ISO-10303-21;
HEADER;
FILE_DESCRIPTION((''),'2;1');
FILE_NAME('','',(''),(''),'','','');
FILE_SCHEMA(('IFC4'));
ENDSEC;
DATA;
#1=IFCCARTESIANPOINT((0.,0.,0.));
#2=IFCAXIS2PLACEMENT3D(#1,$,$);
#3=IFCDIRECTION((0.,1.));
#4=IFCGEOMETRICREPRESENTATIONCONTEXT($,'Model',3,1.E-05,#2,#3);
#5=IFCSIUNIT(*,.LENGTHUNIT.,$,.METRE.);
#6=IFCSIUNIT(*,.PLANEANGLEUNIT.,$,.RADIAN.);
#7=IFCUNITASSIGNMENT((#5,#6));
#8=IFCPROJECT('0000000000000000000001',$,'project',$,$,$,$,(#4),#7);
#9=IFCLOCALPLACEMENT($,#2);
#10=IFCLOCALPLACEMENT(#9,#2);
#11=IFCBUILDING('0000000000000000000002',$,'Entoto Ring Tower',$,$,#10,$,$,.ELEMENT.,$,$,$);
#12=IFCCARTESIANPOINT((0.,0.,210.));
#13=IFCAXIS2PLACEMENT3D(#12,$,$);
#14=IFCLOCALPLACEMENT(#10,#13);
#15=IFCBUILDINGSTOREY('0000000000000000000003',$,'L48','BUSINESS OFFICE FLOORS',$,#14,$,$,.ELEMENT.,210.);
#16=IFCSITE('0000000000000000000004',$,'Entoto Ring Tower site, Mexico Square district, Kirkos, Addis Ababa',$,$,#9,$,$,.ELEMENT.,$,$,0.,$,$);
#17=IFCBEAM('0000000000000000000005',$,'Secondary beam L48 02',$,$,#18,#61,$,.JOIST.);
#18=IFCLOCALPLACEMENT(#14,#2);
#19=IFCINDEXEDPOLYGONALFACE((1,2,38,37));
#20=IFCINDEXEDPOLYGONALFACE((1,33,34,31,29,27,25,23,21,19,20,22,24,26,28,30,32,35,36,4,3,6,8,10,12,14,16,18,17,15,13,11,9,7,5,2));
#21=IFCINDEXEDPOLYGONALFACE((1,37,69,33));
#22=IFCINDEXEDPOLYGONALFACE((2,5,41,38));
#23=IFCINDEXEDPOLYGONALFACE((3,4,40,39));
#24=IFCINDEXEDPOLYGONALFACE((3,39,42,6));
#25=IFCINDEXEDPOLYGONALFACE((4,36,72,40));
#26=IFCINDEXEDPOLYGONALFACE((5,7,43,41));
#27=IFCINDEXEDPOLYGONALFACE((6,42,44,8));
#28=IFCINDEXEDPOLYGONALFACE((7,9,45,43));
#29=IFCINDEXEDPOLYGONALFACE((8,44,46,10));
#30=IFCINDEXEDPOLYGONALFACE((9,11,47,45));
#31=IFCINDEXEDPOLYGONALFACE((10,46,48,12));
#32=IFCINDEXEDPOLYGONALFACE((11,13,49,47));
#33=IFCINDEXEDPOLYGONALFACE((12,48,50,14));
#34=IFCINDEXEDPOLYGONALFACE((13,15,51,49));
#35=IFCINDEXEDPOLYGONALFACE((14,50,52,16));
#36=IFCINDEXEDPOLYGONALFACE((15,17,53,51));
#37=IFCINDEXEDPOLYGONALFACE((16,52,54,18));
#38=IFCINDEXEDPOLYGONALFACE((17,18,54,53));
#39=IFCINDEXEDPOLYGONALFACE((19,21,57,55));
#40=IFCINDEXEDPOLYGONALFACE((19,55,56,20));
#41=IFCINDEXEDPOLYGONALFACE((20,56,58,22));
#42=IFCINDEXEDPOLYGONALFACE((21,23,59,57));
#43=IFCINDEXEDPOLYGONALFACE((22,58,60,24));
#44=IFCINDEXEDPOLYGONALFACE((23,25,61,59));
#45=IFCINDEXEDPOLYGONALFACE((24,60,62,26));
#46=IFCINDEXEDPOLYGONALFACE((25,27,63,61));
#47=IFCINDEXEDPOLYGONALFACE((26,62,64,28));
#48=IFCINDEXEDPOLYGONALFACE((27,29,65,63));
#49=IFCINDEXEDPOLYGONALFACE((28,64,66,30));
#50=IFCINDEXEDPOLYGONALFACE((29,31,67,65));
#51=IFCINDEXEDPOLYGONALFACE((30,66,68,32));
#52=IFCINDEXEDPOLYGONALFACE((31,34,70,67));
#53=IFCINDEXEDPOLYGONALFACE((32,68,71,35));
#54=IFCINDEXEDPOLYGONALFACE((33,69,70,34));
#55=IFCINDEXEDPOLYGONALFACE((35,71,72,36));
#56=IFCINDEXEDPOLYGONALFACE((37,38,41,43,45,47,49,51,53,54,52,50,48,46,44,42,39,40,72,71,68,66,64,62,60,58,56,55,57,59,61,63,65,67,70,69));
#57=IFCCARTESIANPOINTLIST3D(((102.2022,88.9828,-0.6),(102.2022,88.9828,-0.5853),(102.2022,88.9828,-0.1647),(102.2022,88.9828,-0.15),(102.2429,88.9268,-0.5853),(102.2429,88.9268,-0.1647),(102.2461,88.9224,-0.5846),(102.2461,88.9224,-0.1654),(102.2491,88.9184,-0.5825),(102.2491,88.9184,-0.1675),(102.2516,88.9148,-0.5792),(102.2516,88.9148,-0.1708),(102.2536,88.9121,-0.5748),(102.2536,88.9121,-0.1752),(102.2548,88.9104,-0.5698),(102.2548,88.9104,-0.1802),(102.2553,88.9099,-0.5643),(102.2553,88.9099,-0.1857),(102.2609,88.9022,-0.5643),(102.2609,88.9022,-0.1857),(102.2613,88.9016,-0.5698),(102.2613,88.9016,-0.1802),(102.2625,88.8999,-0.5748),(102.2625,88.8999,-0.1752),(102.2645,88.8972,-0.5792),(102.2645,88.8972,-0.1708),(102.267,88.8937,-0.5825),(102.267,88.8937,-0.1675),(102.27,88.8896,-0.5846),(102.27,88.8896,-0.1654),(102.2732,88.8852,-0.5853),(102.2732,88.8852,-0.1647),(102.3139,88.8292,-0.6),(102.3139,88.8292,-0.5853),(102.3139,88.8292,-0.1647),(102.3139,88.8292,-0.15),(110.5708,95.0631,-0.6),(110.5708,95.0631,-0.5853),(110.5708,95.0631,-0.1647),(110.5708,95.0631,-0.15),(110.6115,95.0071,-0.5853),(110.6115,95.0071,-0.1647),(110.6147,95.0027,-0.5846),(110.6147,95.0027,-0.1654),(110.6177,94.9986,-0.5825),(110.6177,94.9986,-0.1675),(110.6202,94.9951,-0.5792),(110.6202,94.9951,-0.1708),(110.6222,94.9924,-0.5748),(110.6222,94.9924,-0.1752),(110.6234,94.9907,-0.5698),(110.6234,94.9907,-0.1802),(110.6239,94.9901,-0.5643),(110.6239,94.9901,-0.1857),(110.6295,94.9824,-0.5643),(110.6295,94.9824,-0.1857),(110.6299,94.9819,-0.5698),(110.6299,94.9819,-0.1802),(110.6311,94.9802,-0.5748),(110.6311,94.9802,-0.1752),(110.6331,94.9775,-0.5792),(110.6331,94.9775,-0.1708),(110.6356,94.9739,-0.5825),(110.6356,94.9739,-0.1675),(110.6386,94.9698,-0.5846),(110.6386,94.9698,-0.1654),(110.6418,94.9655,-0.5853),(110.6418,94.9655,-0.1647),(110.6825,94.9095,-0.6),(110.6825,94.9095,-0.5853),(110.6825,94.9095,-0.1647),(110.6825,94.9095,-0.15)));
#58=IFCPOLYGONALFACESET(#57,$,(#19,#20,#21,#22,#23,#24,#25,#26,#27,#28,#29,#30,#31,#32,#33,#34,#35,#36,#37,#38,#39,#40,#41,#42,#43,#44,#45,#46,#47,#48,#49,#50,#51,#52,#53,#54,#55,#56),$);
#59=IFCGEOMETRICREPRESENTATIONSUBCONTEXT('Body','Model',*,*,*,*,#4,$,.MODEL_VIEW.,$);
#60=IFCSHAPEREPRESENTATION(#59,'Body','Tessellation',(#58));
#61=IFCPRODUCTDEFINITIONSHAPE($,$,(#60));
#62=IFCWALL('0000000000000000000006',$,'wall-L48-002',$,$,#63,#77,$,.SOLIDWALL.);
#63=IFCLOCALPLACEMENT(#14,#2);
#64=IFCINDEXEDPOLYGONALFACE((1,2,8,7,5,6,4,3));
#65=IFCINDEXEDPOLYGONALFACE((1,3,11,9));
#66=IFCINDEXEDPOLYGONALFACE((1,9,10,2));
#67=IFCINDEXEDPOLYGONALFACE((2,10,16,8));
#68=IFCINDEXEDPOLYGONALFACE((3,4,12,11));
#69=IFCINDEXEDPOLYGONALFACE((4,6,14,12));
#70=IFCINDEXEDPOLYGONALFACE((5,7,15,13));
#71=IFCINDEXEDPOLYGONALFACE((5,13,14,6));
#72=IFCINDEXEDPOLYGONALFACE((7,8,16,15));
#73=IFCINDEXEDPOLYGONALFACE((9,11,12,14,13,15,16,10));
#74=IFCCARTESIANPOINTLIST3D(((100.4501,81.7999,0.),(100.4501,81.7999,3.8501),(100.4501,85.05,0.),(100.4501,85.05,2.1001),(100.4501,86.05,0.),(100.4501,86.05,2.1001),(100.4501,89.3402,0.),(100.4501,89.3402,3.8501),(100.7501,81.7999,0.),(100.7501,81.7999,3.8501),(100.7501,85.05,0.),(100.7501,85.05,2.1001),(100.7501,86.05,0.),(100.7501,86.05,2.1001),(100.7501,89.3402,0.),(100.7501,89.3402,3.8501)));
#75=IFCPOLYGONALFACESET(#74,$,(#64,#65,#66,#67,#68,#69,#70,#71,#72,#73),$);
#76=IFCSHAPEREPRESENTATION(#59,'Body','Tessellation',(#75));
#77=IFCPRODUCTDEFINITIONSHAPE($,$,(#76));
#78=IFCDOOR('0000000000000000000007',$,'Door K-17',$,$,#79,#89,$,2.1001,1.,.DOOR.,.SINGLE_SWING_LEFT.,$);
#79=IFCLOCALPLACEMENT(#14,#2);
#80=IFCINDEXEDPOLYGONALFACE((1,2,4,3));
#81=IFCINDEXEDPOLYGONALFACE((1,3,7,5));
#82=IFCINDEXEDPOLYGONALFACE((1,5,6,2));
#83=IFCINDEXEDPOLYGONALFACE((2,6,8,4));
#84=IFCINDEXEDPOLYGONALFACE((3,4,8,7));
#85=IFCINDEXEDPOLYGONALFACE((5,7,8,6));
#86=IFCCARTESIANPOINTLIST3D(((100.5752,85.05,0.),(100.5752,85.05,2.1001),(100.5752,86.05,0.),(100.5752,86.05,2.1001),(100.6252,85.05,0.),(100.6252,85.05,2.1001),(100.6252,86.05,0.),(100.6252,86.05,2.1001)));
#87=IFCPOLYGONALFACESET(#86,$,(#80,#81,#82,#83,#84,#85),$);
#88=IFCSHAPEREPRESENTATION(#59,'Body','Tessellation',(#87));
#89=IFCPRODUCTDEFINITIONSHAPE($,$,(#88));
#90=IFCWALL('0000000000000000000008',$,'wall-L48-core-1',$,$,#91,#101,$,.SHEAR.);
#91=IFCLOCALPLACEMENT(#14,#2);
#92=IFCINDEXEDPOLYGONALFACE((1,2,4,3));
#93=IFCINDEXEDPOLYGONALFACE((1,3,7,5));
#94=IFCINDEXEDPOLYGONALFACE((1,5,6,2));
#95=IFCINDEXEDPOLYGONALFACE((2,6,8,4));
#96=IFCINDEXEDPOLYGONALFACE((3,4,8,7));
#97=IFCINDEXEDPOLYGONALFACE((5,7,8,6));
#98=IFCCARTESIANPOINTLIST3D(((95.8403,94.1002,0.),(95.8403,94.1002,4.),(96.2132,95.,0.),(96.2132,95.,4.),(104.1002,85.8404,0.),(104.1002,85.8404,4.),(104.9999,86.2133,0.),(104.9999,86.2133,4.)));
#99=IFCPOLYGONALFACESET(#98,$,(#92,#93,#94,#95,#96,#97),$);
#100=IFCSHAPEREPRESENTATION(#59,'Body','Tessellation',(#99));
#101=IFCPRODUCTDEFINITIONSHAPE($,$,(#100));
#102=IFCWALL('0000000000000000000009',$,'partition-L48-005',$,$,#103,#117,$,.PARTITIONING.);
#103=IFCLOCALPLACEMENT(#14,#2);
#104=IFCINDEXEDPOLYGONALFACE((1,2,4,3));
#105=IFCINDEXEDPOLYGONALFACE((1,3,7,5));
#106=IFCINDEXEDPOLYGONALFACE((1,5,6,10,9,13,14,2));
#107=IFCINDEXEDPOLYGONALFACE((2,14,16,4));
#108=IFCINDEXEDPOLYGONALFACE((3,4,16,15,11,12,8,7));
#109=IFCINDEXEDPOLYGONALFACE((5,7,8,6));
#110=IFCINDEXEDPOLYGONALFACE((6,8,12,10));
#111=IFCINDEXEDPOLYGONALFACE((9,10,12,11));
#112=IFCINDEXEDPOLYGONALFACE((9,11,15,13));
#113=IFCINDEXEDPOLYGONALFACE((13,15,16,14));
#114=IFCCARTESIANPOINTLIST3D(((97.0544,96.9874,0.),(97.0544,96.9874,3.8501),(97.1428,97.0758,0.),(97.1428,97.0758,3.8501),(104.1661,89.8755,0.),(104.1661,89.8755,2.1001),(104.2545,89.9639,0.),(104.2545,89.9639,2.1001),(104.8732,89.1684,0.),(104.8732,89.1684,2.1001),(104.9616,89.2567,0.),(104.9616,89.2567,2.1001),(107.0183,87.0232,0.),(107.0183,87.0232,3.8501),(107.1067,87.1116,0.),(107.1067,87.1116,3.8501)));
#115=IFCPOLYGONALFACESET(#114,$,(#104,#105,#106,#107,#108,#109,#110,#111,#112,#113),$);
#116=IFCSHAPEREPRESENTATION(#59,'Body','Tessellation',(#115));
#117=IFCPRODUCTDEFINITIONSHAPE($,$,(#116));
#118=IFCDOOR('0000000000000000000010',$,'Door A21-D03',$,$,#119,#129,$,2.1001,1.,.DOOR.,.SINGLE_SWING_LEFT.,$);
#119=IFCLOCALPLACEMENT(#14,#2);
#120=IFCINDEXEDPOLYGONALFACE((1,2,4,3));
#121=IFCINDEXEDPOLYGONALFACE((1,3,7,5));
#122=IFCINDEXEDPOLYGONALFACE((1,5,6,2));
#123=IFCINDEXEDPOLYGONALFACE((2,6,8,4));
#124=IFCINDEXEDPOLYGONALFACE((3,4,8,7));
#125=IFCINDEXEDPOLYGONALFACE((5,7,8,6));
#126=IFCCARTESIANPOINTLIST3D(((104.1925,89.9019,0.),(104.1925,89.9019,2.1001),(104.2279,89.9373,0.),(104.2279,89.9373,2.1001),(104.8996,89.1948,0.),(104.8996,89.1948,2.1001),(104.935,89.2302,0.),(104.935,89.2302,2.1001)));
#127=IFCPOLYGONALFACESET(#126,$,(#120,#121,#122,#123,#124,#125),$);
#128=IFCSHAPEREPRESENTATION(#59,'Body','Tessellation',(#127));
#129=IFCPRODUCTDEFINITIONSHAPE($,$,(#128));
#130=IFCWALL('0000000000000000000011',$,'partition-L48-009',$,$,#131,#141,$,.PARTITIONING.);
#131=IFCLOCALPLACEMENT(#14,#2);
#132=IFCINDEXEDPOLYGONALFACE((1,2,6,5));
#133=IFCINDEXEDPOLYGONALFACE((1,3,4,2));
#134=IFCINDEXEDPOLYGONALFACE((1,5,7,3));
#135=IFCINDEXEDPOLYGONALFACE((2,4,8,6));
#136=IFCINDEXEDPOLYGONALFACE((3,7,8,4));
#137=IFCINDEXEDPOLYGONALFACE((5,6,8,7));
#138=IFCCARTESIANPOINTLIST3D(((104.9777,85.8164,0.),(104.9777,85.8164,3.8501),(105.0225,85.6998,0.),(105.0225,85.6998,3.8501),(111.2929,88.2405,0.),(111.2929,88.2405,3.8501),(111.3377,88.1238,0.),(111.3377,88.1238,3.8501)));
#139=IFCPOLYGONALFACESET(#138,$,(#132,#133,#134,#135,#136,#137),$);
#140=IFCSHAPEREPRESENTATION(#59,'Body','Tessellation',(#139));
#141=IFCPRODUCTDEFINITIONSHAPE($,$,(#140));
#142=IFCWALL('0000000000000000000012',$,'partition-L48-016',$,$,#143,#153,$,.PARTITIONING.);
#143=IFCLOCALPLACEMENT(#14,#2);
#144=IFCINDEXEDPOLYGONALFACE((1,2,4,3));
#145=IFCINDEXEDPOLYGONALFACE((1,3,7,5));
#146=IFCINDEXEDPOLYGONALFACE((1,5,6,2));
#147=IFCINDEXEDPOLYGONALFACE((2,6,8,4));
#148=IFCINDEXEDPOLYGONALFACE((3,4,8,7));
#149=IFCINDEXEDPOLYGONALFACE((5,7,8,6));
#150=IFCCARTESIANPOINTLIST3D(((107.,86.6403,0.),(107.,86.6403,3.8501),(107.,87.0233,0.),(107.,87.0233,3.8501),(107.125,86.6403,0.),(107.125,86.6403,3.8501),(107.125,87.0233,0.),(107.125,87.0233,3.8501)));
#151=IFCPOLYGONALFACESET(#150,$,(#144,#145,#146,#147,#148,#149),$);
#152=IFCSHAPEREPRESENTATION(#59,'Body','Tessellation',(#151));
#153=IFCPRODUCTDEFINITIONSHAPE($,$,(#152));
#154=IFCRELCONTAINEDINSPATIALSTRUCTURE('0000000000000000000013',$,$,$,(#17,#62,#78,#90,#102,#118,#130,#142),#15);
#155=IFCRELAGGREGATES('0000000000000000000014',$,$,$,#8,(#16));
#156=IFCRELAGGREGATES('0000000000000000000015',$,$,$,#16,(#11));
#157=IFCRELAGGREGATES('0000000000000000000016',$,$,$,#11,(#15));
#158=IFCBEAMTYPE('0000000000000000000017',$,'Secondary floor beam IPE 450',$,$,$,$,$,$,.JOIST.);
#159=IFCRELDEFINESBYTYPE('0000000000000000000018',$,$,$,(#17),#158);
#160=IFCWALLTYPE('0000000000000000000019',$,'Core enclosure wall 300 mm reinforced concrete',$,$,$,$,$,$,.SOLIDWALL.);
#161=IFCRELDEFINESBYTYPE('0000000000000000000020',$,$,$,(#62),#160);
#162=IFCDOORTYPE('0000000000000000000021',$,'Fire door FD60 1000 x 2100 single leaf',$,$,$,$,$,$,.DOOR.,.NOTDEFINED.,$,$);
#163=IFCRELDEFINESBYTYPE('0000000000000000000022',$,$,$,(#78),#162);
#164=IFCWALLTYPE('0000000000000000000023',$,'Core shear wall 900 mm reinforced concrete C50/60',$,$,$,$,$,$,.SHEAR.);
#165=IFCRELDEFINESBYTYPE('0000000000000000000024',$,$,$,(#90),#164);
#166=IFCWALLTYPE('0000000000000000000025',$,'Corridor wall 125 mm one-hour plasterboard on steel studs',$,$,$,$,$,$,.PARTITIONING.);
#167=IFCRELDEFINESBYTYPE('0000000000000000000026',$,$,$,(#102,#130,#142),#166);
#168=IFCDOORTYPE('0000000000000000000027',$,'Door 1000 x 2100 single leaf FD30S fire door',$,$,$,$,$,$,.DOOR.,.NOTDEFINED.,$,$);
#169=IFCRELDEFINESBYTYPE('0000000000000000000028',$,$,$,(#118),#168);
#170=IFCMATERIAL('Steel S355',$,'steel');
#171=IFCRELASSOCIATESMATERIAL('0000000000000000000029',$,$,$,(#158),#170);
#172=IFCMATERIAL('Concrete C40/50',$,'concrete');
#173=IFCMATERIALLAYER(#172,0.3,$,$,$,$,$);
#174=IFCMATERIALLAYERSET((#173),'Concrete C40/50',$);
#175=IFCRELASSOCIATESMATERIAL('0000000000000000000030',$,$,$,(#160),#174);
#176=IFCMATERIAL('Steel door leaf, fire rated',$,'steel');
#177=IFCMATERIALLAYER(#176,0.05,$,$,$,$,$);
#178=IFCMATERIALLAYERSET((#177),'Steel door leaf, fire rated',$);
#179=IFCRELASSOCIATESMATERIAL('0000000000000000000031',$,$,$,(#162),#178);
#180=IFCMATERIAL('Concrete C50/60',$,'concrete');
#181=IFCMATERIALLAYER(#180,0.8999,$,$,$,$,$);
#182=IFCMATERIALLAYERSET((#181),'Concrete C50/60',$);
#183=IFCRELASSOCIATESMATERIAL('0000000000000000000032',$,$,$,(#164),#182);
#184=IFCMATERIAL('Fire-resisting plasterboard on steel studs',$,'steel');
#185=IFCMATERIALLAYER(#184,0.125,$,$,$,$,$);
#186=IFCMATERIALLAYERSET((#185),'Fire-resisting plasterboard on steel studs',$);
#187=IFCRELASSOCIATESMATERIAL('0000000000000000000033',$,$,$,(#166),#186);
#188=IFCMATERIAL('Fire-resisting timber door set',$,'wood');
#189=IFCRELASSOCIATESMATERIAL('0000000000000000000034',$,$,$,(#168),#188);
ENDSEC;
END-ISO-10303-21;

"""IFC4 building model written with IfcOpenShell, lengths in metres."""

from ifc_helpers import new_model, si_unit, direction, frame, frame_2d, origin, origin_2d, place, context, subcontext, project, spatial, polyline, rectangle, i_section, outline, extrude, material, layer, layer_set, material_profile, profile_set, type_object, element, fill, save


model = new_model("IFC4")

# Units and contexts
model_context = context("Model", 3, precision=1e-05, world=origin(), true_north=direction((0.0, 1.0)))
body_context = subcontext(model_context, "Body", "Model", "MODEL_VIEW")
ifc_project = project(units=[si_unit("LENGTHUNIT", "METRE"), si_unit("PLANEANGLEUNIT", "RADIAN")], contexts=[model_context])

# Site, building, storey
site_placement = place(None, origin())
site = spatial("IfcSite", under=ifc_project, at=site_placement, Name="Entoto Ring Tower site, Mexico Square district, Kirkos, Addis Ababa", CompositionType="ELEMENT", RefElevation=0.0)
building_placement = place(site_placement, origin())
building = spatial("IfcBuilding", under=site, at=building_placement, Name="Entoto Ring Tower", CompositionType="ELEMENT")
storey_placement = place(building_placement, frame((0.0, 0.0, 210.0)))
storey = spatial("IfcBuildingStorey", under=building, at=storey_placement, Name="L48", Description="BUSINESS OFFICE FLOORS", CompositionType="ELEMENT", Elevation=210.0)

# Beam
ifc_material_1 = material(Name="Steel S355", Category="steel")
ifc_material_profile_1 = material_profile(ifc_material_1, i_section(OverallWidth=0.1899, OverallDepth=0.45, WebThickness=0.0095, FlangeThickness=0.0146, FilletRadius=0.021, at=origin_2d()), Name="IPE 450")
ifc_profile_set_1 = profile_set([ifc_material_profile_1], Name="Steel S355")
beam_type_1 = type_object("IfcBeamType", Name="Secondary floor beam IPE 450", PredefinedType="JOIST", material=ifc_profile_set_1)
beam_1_placement = place(storey_placement, frame((102.2581, 88.906, -0.375), z_axis=(0.809011, 0.587794, 0.0), x_axis=(-0.587794, 0.809011, 0.0)))
element("IfcBeam", 1, at=beam_1_placement, inside=storey, type_object=beam_type_1, Name="Secondary beam L48 02", PredefinedType="JOIST", context=body_context, shape_type="SweptSolid", body=[
    extrude(i_section(OverallWidth=0.1899, OverallDepth=0.45, WebThickness=0.0095, FlangeThickness=0.0146, FilletRadius=0.021, at=origin_2d()), origin(), (0.0, 0.0, 1.0), 10.3442),
])

# Wall, opening, door
ifc_material_2 = material(Name="Concrete C40/50", Category="concrete")
ifc_layer_1 = layer(ifc_material_2, 0.3)
ifc_layer_set_1 = layer_set([ifc_layer_1], Name="Concrete C40/50")
wall_type_1 = type_object("IfcWallType", Name="Core enclosure wall 300 mm reinforced concrete", PredefinedType="SOLIDWALL", material=ifc_layer_set_1)
wall_1_placement = place(storey_placement, frame((100.6001, 81.8, 0.0), z_axis=(0.0, 0.0, 1.0), x_axis=(0.0, 1.0, 0.0)))
wall_1 = element("IfcWall", 2, at=wall_1_placement, inside=storey, type_object=wall_type_1, Name="wall-L48-002", PredefinedType="SOLIDWALL", context=body_context, shape_type="SweptSolid", body=[
    extrude(rectangle(XDim=7.5403, YDim=0.3, at=frame_2d((3.77, 0.0))), origin(), (0.0, 0.0, 1.0), 3.8501),
])
opening_1_placement = place(wall_1_placement, frame((3.25, 0.0, 0.0)))
opening_1 = element("IfcOpeningElement", 3, at=opening_1_placement, cuts=wall_1, PredefinedType="OPENING", context=body_context, shape_type="SweptSolid", body=[
    extrude(rectangle(XDim=1.0, YDim=2.1001, at=frame_2d((0.5, 1.05))), frame((0.0, 0.1602, 0.0), z_axis=(0.0, -1.0, 0.0), x_axis=(1.0, 0.0, 0.0)), (0.0, 0.0, 1.0), 0.3201),
])
ifc_material_3 = material(Name="Steel door leaf, fire rated", Category="steel")
ifc_layer_2 = layer(ifc_material_3, 0.05)
ifc_layer_set_2 = layer_set([ifc_layer_2], Name="Steel door leaf, fire rated")
door_type_1 = type_object("IfcDoorType", Name="Fire door FD60 1000 x 2100 single leaf", OperationType="NOTDEFINED", PredefinedType="DOOR", material=ifc_layer_set_2)
door_1_placement = place(opening_1_placement, origin())
door_1 = element("IfcDoor", 4, at=door_1_placement, inside=storey, type_object=door_type_1, Name="Door K-17", OperationType="SINGLE_SWING_LEFT", OverallHeight=2.1001, OverallWidth=1.0, PredefinedType="DOOR", context=body_context, shape_type="SweptSolid", body=[
    extrude(rectangle(XDim=1.0, YDim=2.1001, at=frame_2d((0.5, 1.05))), frame((0.0, 0.0249, 0.0), z_axis=(0.0, -1.0, 0.0), x_axis=(1.0, 0.0, 0.0)), (0.0, 0.0, 1.0), 0.05),
])
fill(opening_1, door_1)

# Wall
ifc_material_4 = material(Name="Concrete C50/60", Category="concrete")
ifc_layer_3 = layer(ifc_material_4, 0.8999)
ifc_layer_set_3 = layer_set([ifc_layer_3], Name="Concrete C50/60")
wall_type_2 = type_object("IfcWallType", Name="Core shear wall 900 mm reinforced concrete C50/60", PredefinedType="SHEAR", material=ifc_layer_set_3)
wall_2_placement = place(storey_placement, frame((104.55, 86.0269, 0.0), z_axis=(0.0, 0.0, 1.0), x_axis=(-0.707107, 0.707107, 0.0)))
element("IfcWall", 5, at=wall_2_placement, inside=storey, type_object=wall_type_2, Name="wall-L48-core-1", PredefinedType="SHEAR", context=body_context, shape_type="SweptSolid", body=[
    extrude(outline(polyline([(-0.1863, -0.45), (12.24, -0.45), (11.8674, 0.45), (0.1863, 0.45), (-0.1863, -0.45)])), origin(), (0.0, 0.0, 1.0), 4.0),
])

# Wall, opening, door
ifc_material_5 = material(Name="Fire-resisting plasterboard on steel studs", Category="steel")
ifc_layer_4 = layer(ifc_material_5, 0.125)
ifc_layer_set_4 = layer_set([ifc_layer_4], Name="Fire-resisting plasterboard on steel studs")
wall_type_3 = type_object("IfcWallType", Name="Corridor wall 125 mm one-hour plasterboard on steel studs", PredefinedType="PARTITIONING", material=ifc_layer_set_4)
wall_3_placement = place(storey_placement, frame((107.0625, 87.0674, 0.0), z_axis=(0.0, 0.0, 1.0), x_axis=(-0.707098, 0.707115, 0.0)))
wall_3 = element("IfcWall", 6, at=wall_3_placement, inside=storey, type_object=wall_type_3, Name="partition-L48-005", PredefinedType="PARTITIONING", context=body_context, shape_type="SweptSolid", body=[
    extrude(rectangle(XDim=14.0913, YDim=0.125, at=frame_2d((7.0457, 0.0))), origin(), (0.0, 0.0, 1.0), 3.8501),
])
opening_2_placement = place(wall_3_placement, frame((3.0337, 0.0, 0.0)))
opening_2 = element("IfcOpeningElement", 7, at=opening_2_placement, cuts=wall_3, PredefinedType="OPENING", context=body_context, shape_type="SweptSolid", body=[
    extrude(rectangle(XDim=1.0, YDim=2.1001, at=frame_2d((0.5, 1.05))), frame((0.0, 0.0725, 0.0), z_axis=(0.0, -1.0, 0.0), x_axis=(1.0, 0.0, 0.0)), (0.0, 0.0, 1.0), 0.145),
])
ifc_material_6 = material(Name="Fire-resisting timber door set", Category="wood")
door_type_2 = type_object("IfcDoorType", Name="Door 1000 x 2100 single leaf FD30S fire door", OperationType="NOTDEFINED", PredefinedType="DOOR", material=ifc_material_6)
door_2_placement = place(opening_2_placement, frame((1.0, 0.0, 0.0), z_axis=(0.0, 0.0, 1.0), x_axis=(-1.0, 0.0, 0.0)))
door_2 = element("IfcDoor", 8, at=door_2_placement, inside=storey, type_object=door_type_2, Name="Door A21-D03", OperationType="SINGLE_SWING_LEFT", OverallHeight=2.1001, OverallWidth=1.0, PredefinedType="DOOR", context=body_context, shape_type="SweptSolid", body=[
    extrude(rectangle(XDim=1.0, YDim=2.1001, at=frame_2d((0.5, 1.05))), frame((0.0, 0.0249, 0.0), z_axis=(0.0, -1.0, 0.0), x_axis=(1.0, 0.0, 0.0)), (0.0, 0.0, 1.0), 0.05),
])
fill(opening_2, door_2)

# Walls
wall_4_placement = place(storey_placement, frame((105.0, 85.7581, 0.0), z_axis=(0.0, 0.0, 1.0), x_axis=(0.933585, 0.358355, 0.0)))
element("IfcWall", 9, at=wall_4_placement, inside=storey, type_object=wall_type_3, Name="partition-L48-009", PredefinedType="PARTITIONING", context=body_context, shape_type="SweptSolid", body=[
    extrude(rectangle(XDim=6.7644, YDim=0.125, at=frame_2d((3.3823, 0.0))), origin(), (0.0, 0.0, 1.0), 3.8501),
])
wall_5_placement = place(storey_placement, frame((107.0625, 86.6404, 0.0), z_axis=(0.0, 0.0, 1.0), x_axis=(0.0, 1.0, 0.0)))
element("IfcWall", 10, at=wall_5_placement, inside=storey, type_object=wall_type_3, Name="partition-L48-016", PredefinedType="PARTITIONING", context=body_context, shape_type="SweptSolid", body=[
    extrude(rectangle(XDim=0.3831, YDim=0.125, at=frame_2d((0.1914, 0.0))), origin(), (0.0, 0.0, 1.0), 3.8501),
])

save(model, "model.ifc")
